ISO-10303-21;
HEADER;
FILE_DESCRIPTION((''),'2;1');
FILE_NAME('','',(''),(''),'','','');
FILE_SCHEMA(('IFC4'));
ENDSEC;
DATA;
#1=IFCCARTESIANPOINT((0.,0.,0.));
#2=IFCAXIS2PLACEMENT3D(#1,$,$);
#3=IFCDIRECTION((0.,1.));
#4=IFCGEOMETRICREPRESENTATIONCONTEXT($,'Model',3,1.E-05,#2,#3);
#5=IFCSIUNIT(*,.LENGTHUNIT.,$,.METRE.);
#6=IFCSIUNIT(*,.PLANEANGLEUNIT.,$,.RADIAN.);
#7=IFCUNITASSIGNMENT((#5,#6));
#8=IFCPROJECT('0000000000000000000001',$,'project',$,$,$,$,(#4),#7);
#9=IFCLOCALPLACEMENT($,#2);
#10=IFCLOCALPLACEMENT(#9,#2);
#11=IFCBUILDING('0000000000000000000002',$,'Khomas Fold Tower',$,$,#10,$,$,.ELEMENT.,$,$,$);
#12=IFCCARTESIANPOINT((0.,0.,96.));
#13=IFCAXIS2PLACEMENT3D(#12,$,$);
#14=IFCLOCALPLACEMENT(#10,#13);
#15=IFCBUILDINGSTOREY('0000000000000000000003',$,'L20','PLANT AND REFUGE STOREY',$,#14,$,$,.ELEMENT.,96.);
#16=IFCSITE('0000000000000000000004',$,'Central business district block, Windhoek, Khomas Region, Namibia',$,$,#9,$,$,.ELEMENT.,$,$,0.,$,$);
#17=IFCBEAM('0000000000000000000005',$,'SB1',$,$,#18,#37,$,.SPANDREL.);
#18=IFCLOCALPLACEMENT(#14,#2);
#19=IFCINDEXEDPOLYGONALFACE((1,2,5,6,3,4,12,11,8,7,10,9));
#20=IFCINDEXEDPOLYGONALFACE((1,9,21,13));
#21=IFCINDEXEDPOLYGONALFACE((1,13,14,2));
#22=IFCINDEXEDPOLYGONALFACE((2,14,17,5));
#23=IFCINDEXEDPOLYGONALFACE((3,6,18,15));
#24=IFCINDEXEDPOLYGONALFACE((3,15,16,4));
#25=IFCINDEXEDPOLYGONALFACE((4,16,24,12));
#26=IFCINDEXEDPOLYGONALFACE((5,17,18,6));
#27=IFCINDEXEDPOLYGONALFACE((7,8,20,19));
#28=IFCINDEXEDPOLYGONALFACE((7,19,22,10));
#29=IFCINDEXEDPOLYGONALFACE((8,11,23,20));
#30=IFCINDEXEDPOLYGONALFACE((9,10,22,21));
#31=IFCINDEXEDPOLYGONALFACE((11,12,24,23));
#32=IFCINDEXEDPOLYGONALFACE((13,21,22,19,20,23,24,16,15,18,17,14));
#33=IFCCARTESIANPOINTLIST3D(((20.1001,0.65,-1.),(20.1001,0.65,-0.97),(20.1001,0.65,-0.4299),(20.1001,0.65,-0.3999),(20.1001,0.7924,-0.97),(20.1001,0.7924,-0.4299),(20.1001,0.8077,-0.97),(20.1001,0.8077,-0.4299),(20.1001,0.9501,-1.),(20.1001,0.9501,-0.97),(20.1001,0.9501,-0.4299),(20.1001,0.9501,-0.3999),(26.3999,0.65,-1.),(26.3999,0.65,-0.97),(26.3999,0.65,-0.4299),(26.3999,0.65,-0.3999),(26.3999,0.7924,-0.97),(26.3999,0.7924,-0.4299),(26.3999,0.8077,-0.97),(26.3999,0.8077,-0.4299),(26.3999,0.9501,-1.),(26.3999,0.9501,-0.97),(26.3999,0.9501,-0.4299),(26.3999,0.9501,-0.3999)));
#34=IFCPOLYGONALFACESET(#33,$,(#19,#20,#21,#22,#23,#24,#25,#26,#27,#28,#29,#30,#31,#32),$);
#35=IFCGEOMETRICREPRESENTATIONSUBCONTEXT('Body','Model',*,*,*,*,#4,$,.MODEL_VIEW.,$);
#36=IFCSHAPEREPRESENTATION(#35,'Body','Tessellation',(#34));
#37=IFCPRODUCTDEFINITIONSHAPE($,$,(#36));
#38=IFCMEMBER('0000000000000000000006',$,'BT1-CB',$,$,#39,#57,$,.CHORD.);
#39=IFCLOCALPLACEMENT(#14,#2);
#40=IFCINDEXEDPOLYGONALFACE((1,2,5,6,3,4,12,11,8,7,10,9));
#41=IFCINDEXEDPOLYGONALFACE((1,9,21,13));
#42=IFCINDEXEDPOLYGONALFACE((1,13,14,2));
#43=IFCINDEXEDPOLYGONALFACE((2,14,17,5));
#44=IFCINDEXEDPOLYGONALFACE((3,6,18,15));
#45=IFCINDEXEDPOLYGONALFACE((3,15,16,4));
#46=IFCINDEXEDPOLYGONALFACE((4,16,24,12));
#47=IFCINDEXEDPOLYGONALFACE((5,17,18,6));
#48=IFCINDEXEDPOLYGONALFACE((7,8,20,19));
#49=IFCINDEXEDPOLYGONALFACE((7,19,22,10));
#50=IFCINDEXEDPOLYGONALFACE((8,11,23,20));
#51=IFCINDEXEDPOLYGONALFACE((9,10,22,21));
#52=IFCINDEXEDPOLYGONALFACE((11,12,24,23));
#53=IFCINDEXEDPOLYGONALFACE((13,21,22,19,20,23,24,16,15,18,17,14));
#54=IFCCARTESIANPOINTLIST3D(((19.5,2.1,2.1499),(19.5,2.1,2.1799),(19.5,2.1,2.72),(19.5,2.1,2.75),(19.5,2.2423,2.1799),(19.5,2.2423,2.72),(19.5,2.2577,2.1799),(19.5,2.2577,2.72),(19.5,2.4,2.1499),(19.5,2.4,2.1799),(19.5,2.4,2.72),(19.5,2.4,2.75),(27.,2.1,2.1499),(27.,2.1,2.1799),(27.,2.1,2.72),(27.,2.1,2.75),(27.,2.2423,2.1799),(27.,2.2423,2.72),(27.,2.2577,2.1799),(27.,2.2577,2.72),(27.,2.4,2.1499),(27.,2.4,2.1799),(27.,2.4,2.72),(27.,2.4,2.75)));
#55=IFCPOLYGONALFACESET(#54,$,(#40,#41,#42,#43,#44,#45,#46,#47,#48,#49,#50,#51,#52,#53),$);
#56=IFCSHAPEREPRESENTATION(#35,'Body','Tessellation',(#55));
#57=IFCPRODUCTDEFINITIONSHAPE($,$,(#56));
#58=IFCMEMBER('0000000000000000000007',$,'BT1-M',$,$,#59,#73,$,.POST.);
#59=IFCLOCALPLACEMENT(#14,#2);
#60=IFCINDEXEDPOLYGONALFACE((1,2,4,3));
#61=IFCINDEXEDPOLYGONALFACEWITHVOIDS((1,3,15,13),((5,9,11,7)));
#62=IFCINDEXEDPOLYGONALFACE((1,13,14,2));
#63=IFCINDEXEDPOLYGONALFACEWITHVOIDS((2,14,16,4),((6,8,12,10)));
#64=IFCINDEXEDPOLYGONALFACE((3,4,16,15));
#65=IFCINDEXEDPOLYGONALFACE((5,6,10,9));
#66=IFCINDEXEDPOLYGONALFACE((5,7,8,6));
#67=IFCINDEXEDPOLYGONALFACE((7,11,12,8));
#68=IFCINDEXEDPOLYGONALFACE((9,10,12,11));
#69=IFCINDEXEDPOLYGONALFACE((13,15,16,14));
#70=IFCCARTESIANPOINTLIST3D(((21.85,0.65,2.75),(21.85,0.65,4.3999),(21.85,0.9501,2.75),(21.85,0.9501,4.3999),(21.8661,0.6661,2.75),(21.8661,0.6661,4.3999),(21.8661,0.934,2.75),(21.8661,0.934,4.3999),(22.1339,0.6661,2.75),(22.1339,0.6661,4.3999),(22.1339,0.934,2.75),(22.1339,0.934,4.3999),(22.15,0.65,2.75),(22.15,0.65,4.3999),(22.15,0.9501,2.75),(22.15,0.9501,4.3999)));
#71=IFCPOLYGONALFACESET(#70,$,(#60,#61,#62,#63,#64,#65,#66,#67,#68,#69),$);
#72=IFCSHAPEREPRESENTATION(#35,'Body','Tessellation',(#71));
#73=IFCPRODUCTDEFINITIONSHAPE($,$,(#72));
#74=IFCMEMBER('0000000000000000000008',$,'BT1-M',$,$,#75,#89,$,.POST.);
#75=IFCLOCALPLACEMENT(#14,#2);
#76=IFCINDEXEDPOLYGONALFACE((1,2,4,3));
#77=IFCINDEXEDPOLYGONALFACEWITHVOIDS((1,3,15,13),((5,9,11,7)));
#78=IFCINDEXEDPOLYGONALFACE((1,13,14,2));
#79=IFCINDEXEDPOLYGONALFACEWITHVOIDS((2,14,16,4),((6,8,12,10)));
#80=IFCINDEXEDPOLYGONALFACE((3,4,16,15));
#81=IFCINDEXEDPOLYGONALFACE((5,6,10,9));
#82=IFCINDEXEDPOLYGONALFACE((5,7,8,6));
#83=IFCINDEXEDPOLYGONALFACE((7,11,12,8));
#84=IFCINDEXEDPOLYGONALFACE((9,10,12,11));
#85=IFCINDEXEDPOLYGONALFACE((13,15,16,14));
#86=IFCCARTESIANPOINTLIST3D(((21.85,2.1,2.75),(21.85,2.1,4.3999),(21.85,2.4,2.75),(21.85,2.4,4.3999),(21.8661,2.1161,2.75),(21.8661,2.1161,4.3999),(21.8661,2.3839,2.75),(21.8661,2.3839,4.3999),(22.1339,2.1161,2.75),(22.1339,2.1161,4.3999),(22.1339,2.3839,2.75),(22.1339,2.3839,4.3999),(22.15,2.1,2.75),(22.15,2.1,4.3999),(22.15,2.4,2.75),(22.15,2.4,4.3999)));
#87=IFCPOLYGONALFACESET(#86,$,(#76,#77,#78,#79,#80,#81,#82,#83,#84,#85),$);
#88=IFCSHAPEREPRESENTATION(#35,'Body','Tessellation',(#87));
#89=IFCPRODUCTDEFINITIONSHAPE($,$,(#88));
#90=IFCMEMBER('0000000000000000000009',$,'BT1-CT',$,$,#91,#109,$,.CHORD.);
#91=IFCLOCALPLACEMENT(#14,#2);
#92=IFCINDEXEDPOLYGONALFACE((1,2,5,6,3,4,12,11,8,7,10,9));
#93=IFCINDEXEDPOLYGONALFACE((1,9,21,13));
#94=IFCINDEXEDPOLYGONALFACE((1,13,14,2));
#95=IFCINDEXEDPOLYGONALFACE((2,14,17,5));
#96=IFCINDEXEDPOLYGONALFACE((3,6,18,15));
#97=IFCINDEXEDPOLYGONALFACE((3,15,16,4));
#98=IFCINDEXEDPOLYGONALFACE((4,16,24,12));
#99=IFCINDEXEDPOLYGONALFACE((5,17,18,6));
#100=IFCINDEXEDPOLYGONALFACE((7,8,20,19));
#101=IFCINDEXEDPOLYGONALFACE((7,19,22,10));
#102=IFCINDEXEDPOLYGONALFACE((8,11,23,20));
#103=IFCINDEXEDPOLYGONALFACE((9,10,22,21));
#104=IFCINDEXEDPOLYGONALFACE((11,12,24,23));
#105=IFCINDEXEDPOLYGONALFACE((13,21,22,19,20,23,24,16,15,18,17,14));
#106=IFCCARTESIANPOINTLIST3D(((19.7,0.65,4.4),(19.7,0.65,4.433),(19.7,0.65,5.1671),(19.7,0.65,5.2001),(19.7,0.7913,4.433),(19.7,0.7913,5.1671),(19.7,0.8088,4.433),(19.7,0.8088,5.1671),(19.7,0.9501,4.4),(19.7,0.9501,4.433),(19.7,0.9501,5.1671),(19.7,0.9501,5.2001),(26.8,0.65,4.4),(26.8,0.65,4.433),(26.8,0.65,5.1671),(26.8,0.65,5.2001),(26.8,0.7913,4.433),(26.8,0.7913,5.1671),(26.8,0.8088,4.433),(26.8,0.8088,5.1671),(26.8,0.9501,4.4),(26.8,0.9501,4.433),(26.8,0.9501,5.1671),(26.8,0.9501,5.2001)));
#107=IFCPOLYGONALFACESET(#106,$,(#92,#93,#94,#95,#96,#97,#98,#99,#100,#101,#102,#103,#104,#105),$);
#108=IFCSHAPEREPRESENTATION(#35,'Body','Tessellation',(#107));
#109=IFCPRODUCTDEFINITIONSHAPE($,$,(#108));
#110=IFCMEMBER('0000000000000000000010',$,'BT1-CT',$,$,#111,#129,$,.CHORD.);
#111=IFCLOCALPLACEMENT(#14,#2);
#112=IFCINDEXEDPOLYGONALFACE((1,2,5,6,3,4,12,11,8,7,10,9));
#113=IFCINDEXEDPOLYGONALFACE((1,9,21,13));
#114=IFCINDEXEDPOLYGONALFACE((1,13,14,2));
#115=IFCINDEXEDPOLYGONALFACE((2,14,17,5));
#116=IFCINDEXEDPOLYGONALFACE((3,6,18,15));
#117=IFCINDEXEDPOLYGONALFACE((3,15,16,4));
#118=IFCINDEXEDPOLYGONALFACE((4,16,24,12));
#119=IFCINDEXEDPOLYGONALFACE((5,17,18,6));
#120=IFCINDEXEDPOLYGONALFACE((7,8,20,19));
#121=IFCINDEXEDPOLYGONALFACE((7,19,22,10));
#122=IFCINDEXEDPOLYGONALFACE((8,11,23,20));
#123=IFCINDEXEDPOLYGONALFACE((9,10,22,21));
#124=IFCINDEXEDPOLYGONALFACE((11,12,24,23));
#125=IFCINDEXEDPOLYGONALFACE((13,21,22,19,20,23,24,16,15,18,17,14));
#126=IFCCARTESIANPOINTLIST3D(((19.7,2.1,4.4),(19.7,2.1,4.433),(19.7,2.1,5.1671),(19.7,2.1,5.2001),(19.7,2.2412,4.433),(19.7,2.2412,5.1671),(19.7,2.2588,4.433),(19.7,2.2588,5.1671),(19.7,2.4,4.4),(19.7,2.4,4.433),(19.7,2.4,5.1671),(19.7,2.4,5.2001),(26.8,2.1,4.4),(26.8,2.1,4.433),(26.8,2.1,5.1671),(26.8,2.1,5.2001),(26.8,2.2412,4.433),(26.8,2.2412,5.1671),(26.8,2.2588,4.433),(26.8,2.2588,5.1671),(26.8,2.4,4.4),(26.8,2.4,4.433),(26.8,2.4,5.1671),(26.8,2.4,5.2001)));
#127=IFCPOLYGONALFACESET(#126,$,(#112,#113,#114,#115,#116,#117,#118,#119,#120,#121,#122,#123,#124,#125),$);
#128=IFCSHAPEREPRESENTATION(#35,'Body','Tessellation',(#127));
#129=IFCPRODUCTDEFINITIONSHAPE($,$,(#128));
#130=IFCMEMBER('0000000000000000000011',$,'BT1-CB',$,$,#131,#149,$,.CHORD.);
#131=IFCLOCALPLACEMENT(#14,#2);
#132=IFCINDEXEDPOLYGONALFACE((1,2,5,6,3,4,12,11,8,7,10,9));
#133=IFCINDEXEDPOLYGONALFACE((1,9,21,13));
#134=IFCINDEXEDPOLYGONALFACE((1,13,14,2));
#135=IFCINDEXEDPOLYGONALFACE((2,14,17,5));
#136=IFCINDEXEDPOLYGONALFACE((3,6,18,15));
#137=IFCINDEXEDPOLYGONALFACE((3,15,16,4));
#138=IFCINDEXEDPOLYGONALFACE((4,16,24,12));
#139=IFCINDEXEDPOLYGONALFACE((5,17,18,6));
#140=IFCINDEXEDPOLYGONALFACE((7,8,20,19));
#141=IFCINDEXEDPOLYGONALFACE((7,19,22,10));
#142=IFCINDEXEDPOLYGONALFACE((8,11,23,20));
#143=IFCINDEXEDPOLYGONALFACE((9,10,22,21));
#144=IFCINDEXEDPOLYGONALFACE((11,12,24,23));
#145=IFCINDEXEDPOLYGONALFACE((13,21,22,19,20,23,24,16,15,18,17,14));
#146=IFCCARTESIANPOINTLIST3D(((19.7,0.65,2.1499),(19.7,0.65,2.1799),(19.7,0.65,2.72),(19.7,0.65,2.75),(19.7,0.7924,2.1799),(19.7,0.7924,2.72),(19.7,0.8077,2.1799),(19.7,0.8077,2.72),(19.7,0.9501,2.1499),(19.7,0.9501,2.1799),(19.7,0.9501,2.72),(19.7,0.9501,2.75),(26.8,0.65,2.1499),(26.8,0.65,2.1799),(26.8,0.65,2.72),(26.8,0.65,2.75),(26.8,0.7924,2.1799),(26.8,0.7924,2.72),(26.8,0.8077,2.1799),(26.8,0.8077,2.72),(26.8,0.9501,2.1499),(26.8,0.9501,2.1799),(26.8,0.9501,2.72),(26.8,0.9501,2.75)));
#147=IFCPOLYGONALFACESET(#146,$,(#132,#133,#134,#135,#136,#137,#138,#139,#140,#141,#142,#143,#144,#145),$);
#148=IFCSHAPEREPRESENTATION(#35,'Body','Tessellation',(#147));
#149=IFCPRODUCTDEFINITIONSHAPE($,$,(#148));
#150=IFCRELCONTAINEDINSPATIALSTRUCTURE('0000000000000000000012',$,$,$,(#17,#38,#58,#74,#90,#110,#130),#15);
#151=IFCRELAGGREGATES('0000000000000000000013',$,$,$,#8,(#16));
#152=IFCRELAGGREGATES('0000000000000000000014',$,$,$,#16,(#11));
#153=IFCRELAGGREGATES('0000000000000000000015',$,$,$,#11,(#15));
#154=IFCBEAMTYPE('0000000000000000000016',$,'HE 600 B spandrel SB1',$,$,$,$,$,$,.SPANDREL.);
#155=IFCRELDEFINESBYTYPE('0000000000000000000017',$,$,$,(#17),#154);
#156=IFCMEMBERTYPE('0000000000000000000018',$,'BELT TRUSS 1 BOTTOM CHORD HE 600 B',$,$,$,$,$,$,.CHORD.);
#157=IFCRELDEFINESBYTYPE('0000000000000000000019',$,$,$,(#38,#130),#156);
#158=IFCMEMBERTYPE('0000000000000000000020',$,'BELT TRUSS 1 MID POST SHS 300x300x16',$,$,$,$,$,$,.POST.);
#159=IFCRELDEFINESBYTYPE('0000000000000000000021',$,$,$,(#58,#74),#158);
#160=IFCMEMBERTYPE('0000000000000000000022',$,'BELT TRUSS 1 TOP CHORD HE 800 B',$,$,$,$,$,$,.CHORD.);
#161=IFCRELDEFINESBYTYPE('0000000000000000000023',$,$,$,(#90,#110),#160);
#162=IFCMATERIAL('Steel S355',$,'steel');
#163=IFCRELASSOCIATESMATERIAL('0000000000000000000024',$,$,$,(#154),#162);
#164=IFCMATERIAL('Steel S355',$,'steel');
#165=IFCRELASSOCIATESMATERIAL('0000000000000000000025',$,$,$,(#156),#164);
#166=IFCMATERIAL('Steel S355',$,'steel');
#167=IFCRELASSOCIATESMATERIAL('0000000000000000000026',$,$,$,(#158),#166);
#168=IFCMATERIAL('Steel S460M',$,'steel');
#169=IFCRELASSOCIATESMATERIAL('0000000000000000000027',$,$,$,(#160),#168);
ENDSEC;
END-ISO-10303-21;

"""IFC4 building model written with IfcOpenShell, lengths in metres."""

from ifc_helpers import new_model, si_unit, direction, frame, origin, origin_2d, place, context, subcontext, project, spatial, hollow_rectangle, i_section, extrude, source, transform, mapped, material, material_profile, profile_set, type_object, element, save


model = new_model("IFC4")

# Units and contexts
model_context = context("Model", 3, precision=1e-05, world=origin(), true_north=direction((0.0, 1.0)))
body_context = subcontext(model_context, "Body", "Model", "MODEL_VIEW")
ifc_project = project(units=[si_unit("LENGTHUNIT", "METRE"), si_unit("PLANEANGLEUNIT", "RADIAN")], contexts=[model_context])

# Site, building, storey
site_placement = place(None, origin())
site = spatial("IfcSite", under=ifc_project, at=site_placement, Name="Central business district block, Windhoek, Khomas Region, Namibia", CompositionType="ELEMENT", RefElevation=0.0)
building_placement = place(site_placement, origin())
building = spatial("IfcBuilding", under=site, at=building_placement, Name="Khomas Fold Tower", CompositionType="ELEMENT")
storey_placement = place(building_placement, frame((0.0, 0.0, 96.0)))
storey = spatial("IfcBuildingStorey", under=building, at=storey_placement, Name="L20", Description="PLANT AND REFUGE STOREY", CompositionType="ELEMENT", Elevation=96.0)

# Beam
ifc_material_1 = material(Name="Steel S355", Category="steel")
ifc_material_profile_1 = material_profile(ifc_material_1, i_section(OverallWidth=0.3, OverallDepth=0.6001, WebThickness=0.0154, FlangeThickness=0.03, at=origin_2d()), Name="HE 600 B")
ifc_profile_set_1 = profile_set([ifc_material_profile_1], Name="Steel S355")
beam_type_1 = type_object("IfcBeamType", Name="HE 600 B spandrel SB1", PredefinedType="SPANDREL", material=ifc_profile_set_1)
shared_shape_1 = source(origin(), body_context, "Body", "SweptSolid", [
    extrude(i_section(OverallWidth=0.3, OverallDepth=0.6001, WebThickness=0.0154, FlangeThickness=0.03, at=origin_2d()), origin(), (0.0, 0.0, 1.0), 6.2998),
])
beam_1_placement = place(storey_placement, frame((20.1001, 0.8, -0.7), z_axis=(1.0, 0.0, 0.0), x_axis=(0.0, 1.0, 0.0)))
element("IfcBeam", 1, at=beam_1_placement, inside=storey, type_object=beam_type_1, Name="SB1", PredefinedType="SPANDREL", context=body_context, shape_type="MappedRepresentation", body=[
    mapped(shared_shape_1, transform((0.0, 0.0, 0.0))),
])

# Members
ifc_material_2 = material(Name="Steel S355", Category="steel")
ifc_material_profile_2 = material_profile(ifc_material_2, i_section(OverallWidth=0.3, OverallDepth=0.6001, WebThickness=0.0154, FlangeThickness=0.03, at=origin_2d()), Name="HE 600 B")
ifc_profile_set_2 = profile_set([ifc_material_profile_2], Name="Steel S355")
member_type_1 = type_object("IfcMemberType", Name="BELT TRUSS 1 BOTTOM CHORD HE 600 B", PredefinedType="CHORD", material=ifc_profile_set_2)
shared_shape_2 = source(origin(), body_context, "Body", "SweptSolid", [
    extrude(i_section(OverallWidth=0.3, OverallDepth=0.6001, WebThickness=0.0154, FlangeThickness=0.03, at=origin_2d()), origin(), (0.0, 0.0, 1.0), 7.5),
])
member_1_placement = place(storey_placement, frame((19.5, 2.25, 2.45), z_axis=(1.0, 0.0, 0.0), x_axis=(0.0, 1.0, 0.0)))
element("IfcMember", 2, at=member_1_placement, inside=storey, type_object=member_type_1, Name="BT1-CB", PredefinedType="CHORD", context=body_context, shape_type="MappedRepresentation", body=[
    mapped(shared_shape_2, transform((0.0, 0.0, 0.0))),
])
ifc_material_3 = material(Name="Steel S355", Category="steel")
ifc_material_profile_3 = material_profile(ifc_material_3, hollow_rectangle(XDim=0.3, YDim=0.3, WallThickness=0.0161, at=origin_2d()), Name="SHS 300x300x16")
ifc_profile_set_3 = profile_set([ifc_material_profile_3], Name="Steel S355")
member_type_2 = type_object("IfcMemberType", Name="BELT TRUSS 1 MID POST SHS 300x300x16", PredefinedType="POST", material=ifc_profile_set_3)
shared_shape_3 = source(origin(), body_context, "Body", "SweptSolid", [
    extrude(hollow_rectangle(XDim=0.3, YDim=0.3, WallThickness=0.0161, at=origin_2d()), origin(), (0.0, 0.0, 1.0), 1.6499),
])
for number, where, z_axis, x_axis, name in (
    (3, (22.0, 0.8, 2.75), (0.0, 0.0, 1.0), (1.0, 0.0, 0.0), "BT1-M"),
    (4, (22.0, 2.25, 2.75), (0.0, 0.0, 1.0), (1.0, 0.0, 0.0), "BT1-M"),
):
    element("IfcMember", number, at=place(storey_placement, frame(where, z_axis=z_axis, x_axis=x_axis)), inside=storey, type_object=member_type_2, Name=name, PredefinedType="POST", context=body_context, shape_type="MappedRepresentation", body=[
        mapped(shared_shape_3, transform((0.0, 0.0, 0.0))),
    ])
ifc_material_4 = material(Name="Steel S460M", Category="steel")
ifc_material_profile_4 = material_profile(ifc_material_4, i_section(OverallWidth=0.3, OverallDepth=0.8, WebThickness=0.0176, FlangeThickness=0.033, at=origin_2d()), Name="HE 800 B")
ifc_profile_set_4 = profile_set([ifc_material_profile_4], Name="Steel S460M")
member_type_3 = type_object("IfcMemberType", Name="BELT TRUSS 1 TOP CHORD HE 800 B", PredefinedType="CHORD", material=ifc_profile_set_4)
shared_shape_4 = source(origin(), body_context, "Body", "SweptSolid", [
    extrude(i_section(OverallWidth=0.3, OverallDepth=0.8, WebThickness=0.0176, FlangeThickness=0.033, at=origin_2d()), origin(), (0.0, 0.0, 1.0), 7.1001),
])
for number, where, z_axis, x_axis, name in (
    (5, (19.7, 0.8, 4.8), (1.0, 0.0, 0.0), (0.0, 1.0, 0.0), "BT1-CT"),
    (6, (19.7, 2.25, 4.8), (1.0, 0.0, 0.0), (0.0, 1.0, 0.0), "BT1-CT"),
):
    element("IfcMember", number, at=place(storey_placement, frame(where, z_axis=z_axis, x_axis=x_axis)), inside=storey, type_object=member_type_3, Name=name, PredefinedType="CHORD", context=body_context, shape_type="MappedRepresentation", body=[
        mapped(shared_shape_4, transform((0.0, 0.0, 0.0))),
    ])
shared_shape_5 = source(origin(), body_context, "Body", "SweptSolid", [
    extrude(i_section(OverallWidth=0.3, OverallDepth=0.6001, WebThickness=0.0154, FlangeThickness=0.03, at=origin_2d()), origin(), (0.0, 0.0, 1.0), 7.1001),
])
member_2_placement = place(storey_placement, frame((19.7, 0.8, 2.45), z_axis=(1.0, 0.0, 0.0), x_axis=(0.0, 1.0, 0.0)))
element("IfcMember", 7, at=member_2_placement, inside=storey, type_object=member_type_1, Name="BT1-CB", PredefinedType="CHORD", context=body_context, shape_type="MappedRepresentation", body=[
    mapped(shared_shape_5, transform((0.0, 0.0, 0.0))),
])

save(model, "model.ifc")
